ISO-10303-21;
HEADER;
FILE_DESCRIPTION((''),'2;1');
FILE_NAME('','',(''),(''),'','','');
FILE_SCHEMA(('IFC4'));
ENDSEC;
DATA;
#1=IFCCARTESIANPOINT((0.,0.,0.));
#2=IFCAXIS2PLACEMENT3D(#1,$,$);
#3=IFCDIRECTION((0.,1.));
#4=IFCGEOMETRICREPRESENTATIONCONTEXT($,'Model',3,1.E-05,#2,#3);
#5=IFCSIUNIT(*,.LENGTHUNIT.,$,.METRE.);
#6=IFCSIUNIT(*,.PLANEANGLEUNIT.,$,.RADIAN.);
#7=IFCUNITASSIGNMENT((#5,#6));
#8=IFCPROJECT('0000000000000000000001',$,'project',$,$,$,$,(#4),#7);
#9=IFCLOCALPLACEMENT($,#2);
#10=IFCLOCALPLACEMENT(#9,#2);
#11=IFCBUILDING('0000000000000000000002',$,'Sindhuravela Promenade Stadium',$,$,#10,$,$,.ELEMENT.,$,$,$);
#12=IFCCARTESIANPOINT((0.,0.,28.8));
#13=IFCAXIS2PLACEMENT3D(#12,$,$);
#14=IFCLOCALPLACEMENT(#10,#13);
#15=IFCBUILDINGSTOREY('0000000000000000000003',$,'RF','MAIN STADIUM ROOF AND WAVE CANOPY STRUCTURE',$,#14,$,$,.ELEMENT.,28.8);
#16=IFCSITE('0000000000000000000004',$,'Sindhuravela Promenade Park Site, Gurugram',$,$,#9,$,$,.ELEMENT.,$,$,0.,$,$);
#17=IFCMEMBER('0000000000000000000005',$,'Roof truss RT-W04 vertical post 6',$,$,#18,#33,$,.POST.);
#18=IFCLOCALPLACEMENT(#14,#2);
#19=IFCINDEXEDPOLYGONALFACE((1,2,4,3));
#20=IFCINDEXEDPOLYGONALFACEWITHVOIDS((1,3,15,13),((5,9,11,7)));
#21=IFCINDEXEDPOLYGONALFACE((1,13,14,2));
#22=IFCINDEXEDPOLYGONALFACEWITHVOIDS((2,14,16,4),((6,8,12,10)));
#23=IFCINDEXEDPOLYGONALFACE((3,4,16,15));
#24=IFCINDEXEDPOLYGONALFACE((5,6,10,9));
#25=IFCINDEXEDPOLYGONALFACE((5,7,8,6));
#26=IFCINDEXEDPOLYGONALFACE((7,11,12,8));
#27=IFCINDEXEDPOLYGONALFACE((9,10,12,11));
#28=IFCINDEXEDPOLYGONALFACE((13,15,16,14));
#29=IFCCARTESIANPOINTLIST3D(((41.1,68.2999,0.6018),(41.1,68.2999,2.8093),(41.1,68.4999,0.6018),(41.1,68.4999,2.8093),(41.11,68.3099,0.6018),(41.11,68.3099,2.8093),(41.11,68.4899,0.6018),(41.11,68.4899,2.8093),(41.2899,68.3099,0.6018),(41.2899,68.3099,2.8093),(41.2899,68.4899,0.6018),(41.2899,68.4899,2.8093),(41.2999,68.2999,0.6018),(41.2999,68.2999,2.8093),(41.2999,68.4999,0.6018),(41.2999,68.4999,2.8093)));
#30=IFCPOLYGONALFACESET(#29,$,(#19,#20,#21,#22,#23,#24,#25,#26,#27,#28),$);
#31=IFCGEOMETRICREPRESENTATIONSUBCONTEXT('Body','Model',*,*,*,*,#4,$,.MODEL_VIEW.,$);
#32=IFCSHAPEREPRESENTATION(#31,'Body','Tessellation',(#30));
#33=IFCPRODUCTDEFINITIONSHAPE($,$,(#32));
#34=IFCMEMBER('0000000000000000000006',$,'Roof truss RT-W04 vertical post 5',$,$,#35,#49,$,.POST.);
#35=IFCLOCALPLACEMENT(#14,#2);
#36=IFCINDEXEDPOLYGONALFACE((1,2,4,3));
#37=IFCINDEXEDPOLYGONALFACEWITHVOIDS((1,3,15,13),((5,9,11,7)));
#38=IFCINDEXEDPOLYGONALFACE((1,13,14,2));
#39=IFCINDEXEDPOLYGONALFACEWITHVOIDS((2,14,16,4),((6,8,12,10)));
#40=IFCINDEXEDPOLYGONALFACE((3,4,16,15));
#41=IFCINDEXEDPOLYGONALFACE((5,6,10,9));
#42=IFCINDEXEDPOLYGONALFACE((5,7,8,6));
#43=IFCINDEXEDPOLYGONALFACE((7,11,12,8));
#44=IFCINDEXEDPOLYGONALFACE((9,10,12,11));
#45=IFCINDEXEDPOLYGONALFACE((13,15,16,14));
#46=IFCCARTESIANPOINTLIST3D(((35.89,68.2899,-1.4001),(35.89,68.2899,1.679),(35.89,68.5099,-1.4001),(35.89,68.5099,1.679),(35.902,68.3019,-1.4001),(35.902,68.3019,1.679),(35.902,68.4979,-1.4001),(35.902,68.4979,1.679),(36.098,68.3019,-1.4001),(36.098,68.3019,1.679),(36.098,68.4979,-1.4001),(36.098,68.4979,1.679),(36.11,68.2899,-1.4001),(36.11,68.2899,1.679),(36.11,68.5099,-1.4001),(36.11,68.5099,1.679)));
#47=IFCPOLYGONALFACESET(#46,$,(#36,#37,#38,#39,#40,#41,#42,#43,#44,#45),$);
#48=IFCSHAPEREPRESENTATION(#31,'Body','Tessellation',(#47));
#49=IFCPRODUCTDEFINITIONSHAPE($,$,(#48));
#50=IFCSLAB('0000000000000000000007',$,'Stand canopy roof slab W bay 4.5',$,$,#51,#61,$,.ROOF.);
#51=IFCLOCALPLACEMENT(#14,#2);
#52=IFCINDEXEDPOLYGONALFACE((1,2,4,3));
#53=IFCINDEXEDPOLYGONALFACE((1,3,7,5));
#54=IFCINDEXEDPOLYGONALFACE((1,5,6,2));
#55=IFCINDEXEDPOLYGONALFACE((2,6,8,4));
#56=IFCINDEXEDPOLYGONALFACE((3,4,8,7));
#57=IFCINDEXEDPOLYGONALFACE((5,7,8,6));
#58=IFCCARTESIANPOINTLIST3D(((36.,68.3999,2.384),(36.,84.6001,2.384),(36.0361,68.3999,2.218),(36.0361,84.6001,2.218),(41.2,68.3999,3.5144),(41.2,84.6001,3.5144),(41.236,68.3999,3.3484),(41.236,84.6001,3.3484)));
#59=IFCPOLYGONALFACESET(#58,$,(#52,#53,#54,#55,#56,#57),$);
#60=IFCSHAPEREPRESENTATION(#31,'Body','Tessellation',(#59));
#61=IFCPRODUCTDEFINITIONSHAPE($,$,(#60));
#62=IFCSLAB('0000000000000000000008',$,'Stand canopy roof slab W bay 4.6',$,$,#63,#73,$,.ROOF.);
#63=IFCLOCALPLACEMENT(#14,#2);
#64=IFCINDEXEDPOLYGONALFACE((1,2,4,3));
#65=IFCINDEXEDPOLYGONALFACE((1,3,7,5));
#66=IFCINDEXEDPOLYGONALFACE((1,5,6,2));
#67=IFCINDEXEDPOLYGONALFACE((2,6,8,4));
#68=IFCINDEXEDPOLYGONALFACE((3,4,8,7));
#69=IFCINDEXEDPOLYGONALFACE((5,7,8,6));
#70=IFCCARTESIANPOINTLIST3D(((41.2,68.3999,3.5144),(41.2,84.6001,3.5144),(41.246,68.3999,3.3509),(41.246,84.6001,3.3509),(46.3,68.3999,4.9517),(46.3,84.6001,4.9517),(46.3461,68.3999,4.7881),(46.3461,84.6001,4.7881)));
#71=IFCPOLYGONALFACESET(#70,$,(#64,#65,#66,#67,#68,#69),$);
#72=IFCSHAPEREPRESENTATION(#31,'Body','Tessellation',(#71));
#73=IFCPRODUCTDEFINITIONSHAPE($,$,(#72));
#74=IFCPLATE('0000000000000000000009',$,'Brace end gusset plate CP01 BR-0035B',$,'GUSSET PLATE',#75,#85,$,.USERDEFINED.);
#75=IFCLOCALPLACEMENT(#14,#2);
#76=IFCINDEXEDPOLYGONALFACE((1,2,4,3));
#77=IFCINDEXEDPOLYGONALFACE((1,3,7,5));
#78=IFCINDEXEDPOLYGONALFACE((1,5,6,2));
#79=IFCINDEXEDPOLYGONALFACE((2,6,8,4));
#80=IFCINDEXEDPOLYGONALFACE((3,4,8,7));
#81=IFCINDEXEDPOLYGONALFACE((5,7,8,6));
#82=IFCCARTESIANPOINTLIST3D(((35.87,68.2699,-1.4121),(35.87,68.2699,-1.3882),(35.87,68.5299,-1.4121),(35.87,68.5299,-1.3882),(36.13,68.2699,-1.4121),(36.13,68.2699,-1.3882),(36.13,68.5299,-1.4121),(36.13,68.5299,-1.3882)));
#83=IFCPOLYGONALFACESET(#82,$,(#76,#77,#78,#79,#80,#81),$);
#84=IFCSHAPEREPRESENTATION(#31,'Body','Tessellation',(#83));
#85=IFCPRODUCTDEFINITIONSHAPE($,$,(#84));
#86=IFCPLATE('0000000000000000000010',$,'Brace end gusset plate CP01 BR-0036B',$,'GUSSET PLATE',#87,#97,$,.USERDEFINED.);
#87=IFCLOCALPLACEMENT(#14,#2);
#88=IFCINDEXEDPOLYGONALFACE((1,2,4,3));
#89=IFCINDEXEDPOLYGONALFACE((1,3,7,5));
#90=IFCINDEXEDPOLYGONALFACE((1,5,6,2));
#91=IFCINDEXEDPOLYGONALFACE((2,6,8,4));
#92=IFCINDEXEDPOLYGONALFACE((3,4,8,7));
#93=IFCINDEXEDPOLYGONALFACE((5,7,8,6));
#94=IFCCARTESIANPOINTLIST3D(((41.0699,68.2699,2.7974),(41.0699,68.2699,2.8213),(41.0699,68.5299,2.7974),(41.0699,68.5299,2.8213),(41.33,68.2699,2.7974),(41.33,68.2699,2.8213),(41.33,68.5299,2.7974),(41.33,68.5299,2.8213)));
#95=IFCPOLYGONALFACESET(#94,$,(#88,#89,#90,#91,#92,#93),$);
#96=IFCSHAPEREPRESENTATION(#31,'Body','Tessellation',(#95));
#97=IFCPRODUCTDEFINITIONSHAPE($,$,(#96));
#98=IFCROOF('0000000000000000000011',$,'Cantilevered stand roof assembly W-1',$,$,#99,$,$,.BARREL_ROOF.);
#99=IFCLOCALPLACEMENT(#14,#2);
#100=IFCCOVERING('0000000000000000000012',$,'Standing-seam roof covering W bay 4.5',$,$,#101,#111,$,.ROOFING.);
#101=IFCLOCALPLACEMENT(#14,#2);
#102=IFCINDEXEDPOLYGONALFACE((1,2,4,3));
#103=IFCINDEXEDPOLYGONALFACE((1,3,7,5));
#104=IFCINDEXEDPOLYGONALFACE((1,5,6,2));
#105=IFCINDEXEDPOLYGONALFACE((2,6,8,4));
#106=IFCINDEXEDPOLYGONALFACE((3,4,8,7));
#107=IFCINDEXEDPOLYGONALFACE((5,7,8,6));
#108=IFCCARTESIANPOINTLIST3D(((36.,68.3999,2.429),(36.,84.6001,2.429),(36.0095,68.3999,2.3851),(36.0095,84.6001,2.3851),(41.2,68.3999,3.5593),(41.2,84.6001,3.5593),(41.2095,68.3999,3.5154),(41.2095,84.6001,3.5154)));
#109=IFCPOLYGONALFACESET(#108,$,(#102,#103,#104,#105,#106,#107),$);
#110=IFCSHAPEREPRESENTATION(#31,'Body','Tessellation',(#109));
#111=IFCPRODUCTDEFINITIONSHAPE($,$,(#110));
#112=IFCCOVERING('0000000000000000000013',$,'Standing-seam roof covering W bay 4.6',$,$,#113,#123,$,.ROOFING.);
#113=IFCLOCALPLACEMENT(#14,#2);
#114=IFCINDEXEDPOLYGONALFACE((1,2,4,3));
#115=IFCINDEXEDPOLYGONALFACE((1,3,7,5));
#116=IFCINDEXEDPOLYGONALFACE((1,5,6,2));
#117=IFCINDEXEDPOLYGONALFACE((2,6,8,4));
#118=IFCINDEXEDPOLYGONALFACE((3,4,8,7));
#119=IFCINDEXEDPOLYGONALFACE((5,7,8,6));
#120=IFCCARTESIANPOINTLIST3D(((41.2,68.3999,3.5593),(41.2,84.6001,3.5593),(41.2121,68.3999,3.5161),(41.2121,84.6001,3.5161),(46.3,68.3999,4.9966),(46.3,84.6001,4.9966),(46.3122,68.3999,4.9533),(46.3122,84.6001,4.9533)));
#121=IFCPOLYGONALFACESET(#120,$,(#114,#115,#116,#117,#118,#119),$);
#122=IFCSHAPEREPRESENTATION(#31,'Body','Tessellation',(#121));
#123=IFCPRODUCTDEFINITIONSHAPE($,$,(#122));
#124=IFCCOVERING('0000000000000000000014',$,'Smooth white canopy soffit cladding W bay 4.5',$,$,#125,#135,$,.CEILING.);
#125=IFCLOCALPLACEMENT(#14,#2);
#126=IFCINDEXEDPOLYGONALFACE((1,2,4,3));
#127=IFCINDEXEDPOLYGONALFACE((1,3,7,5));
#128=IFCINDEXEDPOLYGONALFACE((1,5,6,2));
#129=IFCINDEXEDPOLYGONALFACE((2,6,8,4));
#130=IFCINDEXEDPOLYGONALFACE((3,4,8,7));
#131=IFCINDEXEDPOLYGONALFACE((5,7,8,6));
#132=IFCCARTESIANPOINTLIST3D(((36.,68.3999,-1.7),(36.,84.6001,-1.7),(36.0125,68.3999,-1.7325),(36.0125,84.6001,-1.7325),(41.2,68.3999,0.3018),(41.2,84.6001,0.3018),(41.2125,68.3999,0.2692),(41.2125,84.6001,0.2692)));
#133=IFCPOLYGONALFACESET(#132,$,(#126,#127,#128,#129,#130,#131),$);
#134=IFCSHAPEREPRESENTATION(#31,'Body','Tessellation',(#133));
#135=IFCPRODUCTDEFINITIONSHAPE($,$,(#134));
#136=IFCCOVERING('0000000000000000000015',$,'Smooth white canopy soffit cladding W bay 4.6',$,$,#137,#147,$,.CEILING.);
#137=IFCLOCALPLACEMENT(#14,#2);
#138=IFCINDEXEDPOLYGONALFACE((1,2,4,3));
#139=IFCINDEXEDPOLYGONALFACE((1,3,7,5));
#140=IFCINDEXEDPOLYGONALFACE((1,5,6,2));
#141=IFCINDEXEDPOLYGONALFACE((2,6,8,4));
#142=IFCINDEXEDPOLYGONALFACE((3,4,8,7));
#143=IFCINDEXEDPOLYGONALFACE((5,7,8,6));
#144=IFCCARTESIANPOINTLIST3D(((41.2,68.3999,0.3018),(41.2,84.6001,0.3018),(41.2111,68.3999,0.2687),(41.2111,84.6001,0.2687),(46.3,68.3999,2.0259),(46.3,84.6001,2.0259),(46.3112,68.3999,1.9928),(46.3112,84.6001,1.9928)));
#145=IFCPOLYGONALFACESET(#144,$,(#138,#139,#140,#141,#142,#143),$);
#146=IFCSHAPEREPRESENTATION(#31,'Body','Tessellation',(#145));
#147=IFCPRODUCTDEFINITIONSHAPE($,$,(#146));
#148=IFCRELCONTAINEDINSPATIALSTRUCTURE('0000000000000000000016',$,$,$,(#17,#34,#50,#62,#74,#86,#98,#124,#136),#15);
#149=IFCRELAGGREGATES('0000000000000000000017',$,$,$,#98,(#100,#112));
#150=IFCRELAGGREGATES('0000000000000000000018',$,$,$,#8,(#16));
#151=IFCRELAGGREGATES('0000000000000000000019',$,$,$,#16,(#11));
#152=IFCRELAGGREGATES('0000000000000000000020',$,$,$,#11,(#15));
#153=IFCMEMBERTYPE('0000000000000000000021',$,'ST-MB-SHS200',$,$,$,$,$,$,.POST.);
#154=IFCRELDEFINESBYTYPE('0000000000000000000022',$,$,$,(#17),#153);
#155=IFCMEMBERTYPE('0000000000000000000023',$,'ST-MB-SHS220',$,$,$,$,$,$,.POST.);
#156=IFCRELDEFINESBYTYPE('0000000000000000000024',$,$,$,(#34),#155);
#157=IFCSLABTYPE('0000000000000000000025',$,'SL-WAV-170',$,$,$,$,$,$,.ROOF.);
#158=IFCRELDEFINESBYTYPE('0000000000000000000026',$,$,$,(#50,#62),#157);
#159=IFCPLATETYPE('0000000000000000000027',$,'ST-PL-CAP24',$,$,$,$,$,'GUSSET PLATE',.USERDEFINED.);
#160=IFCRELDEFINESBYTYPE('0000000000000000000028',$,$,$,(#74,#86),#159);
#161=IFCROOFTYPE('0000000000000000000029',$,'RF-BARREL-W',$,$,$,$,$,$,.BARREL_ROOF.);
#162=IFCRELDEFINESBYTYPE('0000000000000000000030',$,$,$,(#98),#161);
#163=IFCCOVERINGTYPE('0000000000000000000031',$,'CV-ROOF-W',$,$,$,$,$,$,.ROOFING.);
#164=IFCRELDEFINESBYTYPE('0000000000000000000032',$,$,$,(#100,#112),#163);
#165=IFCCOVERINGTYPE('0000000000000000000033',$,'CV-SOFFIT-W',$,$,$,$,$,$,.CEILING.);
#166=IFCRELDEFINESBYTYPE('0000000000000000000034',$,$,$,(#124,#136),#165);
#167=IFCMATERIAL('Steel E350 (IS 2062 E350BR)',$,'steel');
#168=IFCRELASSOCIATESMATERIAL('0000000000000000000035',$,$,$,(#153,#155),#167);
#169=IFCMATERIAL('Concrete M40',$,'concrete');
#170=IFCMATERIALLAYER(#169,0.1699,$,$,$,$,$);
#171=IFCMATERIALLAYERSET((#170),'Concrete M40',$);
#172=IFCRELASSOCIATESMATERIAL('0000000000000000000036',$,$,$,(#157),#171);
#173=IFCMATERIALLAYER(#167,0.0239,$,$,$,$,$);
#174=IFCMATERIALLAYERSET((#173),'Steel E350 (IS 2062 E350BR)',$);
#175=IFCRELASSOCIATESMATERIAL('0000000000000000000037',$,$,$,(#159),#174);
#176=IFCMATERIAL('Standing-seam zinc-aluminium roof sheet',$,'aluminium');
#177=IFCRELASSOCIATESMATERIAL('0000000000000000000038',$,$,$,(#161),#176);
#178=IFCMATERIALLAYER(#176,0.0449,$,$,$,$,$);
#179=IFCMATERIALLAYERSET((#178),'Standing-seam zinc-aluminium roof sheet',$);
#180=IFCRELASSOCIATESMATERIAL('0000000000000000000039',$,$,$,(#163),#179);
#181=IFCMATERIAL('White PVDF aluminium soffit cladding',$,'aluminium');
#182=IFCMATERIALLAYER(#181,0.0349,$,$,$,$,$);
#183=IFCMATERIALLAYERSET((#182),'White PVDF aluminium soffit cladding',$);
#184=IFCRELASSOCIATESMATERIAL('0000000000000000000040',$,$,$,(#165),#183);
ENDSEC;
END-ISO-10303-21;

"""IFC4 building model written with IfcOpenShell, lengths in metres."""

from ifc_helpers import new_model, si_unit, direction, frame, origin, origin_2d, place, context, subcontext, project, spatial, polyline, rectangle, hollow_rectangle, outline, extrude, material, layer, layer_set, material_profile, profile_set, type_object, element, aggregate, save


model = new_model("IFC4")

# Units and contexts
model_context = context("Model", 3, precision=1e-05, world=origin(), true_north=direction((0.0, 1.0)))
body_context = subcontext(model_context, "Body", "Model", "MODEL_VIEW")
ifc_project = project(units=[si_unit("LENGTHUNIT", "METRE"), si_unit("PLANEANGLEUNIT", "RADIAN")], contexts=[model_context])

# Site, building, storey
site_placement = place(None, origin())
site = spatial("IfcSite", under=ifc_project, at=site_placement, Name="Sindhuravela Promenade Park Site, Gurugram", CompositionType="ELEMENT", RefElevation=0.0)
building_placement = place(site_placement, origin())
building = spatial("IfcBuilding", under=site, at=building_placement, Name="Sindhuravela Promenade Stadium", CompositionType="ELEMENT")
storey_placement = place(building_placement, frame((0.0, 0.0, 28.8)))
storey = spatial("IfcBuildingStorey", under=building, at=storey_placement, Name="RF", Description="MAIN STADIUM ROOF AND WAVE CANOPY STRUCTURE", CompositionType="ELEMENT", Elevation=28.8)

# Shared definitions
ifc_material_1 = material(Name="Concrete M40", Category="concrete")
ifc_material_2 = material(Name="Steel E350 (IS 2062 E350BR)", Category="steel")

# Members
ifc_material_profile_1 = material_profile(ifc_material_2, hollow_rectangle(XDim=0.2, YDim=0.2, WallThickness=0.01, at=origin_2d()), Name="SHS 200x200x10")
ifc_profile_set_1 = profile_set([ifc_material_profile_1], Name="Steel E350 (IS 2062 E350BR)")
member_type_1 = type_object("IfcMemberType", Name="ST-MB-SHS200", PredefinedType="POST", material=ifc_profile_set_1)
member_1_placement = place(storey_placement, frame((41.2, 68.3999, 0.6018), z_axis=(0.0, 0.0, 1.0), x_axis=(1.0, 0.0, 0.0)))
element("IfcMember", 1, at=member_1_placement, inside=storey, type_object=member_type_1, Name="Roof truss RT-W04 vertical post 6", PredefinedType="POST", context=body_context, shape_type="SweptSolid", body=[
    extrude(hollow_rectangle(XDim=0.2, YDim=0.2, WallThickness=0.01, at=origin_2d()), origin(), (0.0, 0.0, 1.0), 2.2075),
])
ifc_material_profile_2 = material_profile(ifc_material_2, hollow_rectangle(XDim=0.22, YDim=0.22, WallThickness=0.012, at=origin_2d()), Name="SHS 220x220x12")
ifc_profile_set_2 = profile_set([ifc_material_profile_2], Name="Steel E350 (IS 2062 E350BR)")
member_type_2 = type_object("IfcMemberType", Name="ST-MB-SHS220", PredefinedType="POST", material=ifc_profile_set_2)
member_2_placement = place(storey_placement, frame((36.0, 68.3999, -1.4001), z_axis=(0.0, 0.0, 1.0), x_axis=(1.0, 0.0, 0.0)))
element("IfcMember", 2, at=member_2_placement, inside=storey, type_object=member_type_2, Name="Roof truss RT-W04 vertical post 5", PredefinedType="POST", context=body_context, shape_type="SweptSolid", body=[
    extrude(hollow_rectangle(XDim=0.22, YDim=0.22, WallThickness=0.012, at=origin_2d()), origin(), (0.0, 0.0, 1.0), 3.0791),
])

# Slabs
ifc_layer_1 = layer(ifc_material_1, 0.1699)
ifc_layer_set_1 = layer_set([ifc_layer_1], Name="Concrete M40")
slab_type = type_object("IfcSlabType", Name="SL-WAV-170", PredefinedType="ROOF", material=ifc_layer_set_1)
slab_1_placement = place(storey_placement, frame((36.0, 68.3999, 2.384), z_axis=(-0.21242, 0.0, 0.977178), x_axis=(0.0, 1.0, 0.0)))
element("IfcSlab", 3, at=slab_1_placement, inside=storey, type_object=slab_type, Name="Stand canopy roof slab W bay 4.5", PredefinedType="ROOF", context=body_context, shape_type="SweptSolid", body=[
    extrude(outline(polyline([(0.0, 0.0), (0.0, -5.3214), (16.2002, -5.3214), (16.2002, 0.0), (0.0, 0.0)])), origin(), (0.0, 0.0, -1.0), 0.1699),
])
slab_2_placement = place(storey_placement, frame((41.2, 68.3999, 3.5144), z_axis=(-0.271245, 0.0, 0.96251), x_axis=(0.0, 1.0, 0.0)))
element("IfcSlab", 4, at=slab_2_placement, inside=storey, type_object=slab_type, Name="Stand canopy roof slab W bay 4.6", PredefinedType="ROOF", context=body_context, shape_type="SweptSolid", body=[
    extrude(outline(polyline([(0.0, 0.0), (0.0, -5.2987), (16.2002, -5.2987), (16.2002, 0.0), (0.0, 0.0)])), origin(), (0.0, 0.0, -1.0), 0.1699),
])

# Plates
ifc_layer_2 = layer(ifc_material_2, 0.0239)
ifc_layer_set_2 = layer_set([ifc_layer_2], Name="Steel E350 (IS 2062 E350BR)")
plate_type = type_object("IfcPlateType", Name="ST-PL-CAP24", ElementType="GUSSET PLATE", PredefinedType="USERDEFINED", material=ifc_layer_set_2)
for number, where, z_axis, x_axis, name in (
    (5, (36.0, 68.3999, -1.4121), (0.0, 0.0, 1.0), (1.0, 0.0, 0.0), "Brace end gusset plate CP01 BR-0035B"),
    (6, (41.2, 68.3999, 2.7974), (0.0, 0.0, 1.0), (1.0, 0.0, 0.0), "Brace end gusset plate CP01 BR-0036B"),
):
    element("IfcPlate", number, at=place(storey_placement, frame(where, z_axis=z_axis, x_axis=x_axis)), inside=storey, type_object=plate_type, Name=name, ObjectType="GUSSET PLATE", PredefinedType="USERDEFINED", context=body_context, shape_type="SweptSolid", body=[
        extrude(rectangle(XDim=0.26, YDim=0.26, at=origin_2d()), origin(), (0.0, 0.0, 1.0), 0.0239),
    ])

# Roof, coverings
ifc_material_3 = material(Name="Standing-seam zinc-aluminium roof sheet", Category="aluminium")
roof_type = type_object("IfcRoofType", Name="RF-BARREL-W", PredefinedType="BARREL_ROOF", material=ifc_material_3)
roof_placement = place(storey_placement, origin())
roof = element("IfcRoof", 7, at=roof_placement, inside=storey, type_object=roof_type, Name="Cantilevered stand roof assembly W-1", PredefinedType="BARREL_ROOF")
ifc_layer_3 = layer(ifc_material_3, 0.0449)
ifc_layer_set_3 = layer_set([ifc_layer_3], Name="Standing-seam zinc-aluminium roof sheet")
covering_type_1 = type_object("IfcCoveringType", Name="CV-ROOF-W", PredefinedType="ROOFING", material=ifc_layer_set_3)
covering_1_placement = place(storey_placement, frame((36.0, 68.3999, 2.429), z_axis=(-0.21242, 0.0, 0.977178), x_axis=(0.0, 1.0, 0.0)))
covering_1 = element("IfcCovering", 8, at=covering_1_placement, type_object=covering_type_1, Name="Standing-seam roof covering W bay 4.5", PredefinedType="ROOFING", context=body_context, shape_type="SweptSolid", body=[
    extrude(outline(polyline([(0.0, 0.0), (0.0, -5.3214), (16.2002, -5.3214), (16.2002, 0.0), (0.0, 0.0)])), origin(), (0.0, 0.0, -1.0), 0.0449),
])
covering_2_placement = place(storey_placement, frame((41.2, 68.3999, 3.5593), z_axis=(-0.271245, 0.0, 0.96251), x_axis=(0.0, 1.0, 0.0)))
covering_2 = element("IfcCovering", 9, at=covering_2_placement, type_object=covering_type_1, Name="Standing-seam roof covering W bay 4.6", PredefinedType="ROOFING", context=body_context, shape_type="SweptSolid", body=[
    extrude(outline(polyline([(0.0, 0.0), (0.0, -5.2987), (16.2002, -5.2987), (16.2002, 0.0), (0.0, 0.0)])), origin(), (0.0, 0.0, -1.0), 0.0449),
])
aggregate(roof, [covering_1, covering_2])

# Coverings
ifc_material_4 = material(Name="White PVDF aluminium soffit cladding", Category="aluminium")
ifc_layer_4 = layer(ifc_material_4, 0.0349)
ifc_layer_set_4 = layer_set([ifc_layer_4], Name="White PVDF aluminium soffit cladding")
covering_type_2 = type_object("IfcCoveringType", Name="CV-SOFFIT-W", PredefinedType="CEILING", material=ifc_layer_set_4)
covering_3_placement = place(storey_placement, frame((36.0, 68.3999, -1.7), z_axis=(-0.359249, 0.0, 0.933242), x_axis=(0.0, 1.0, 0.0)))
element("IfcCovering", 10, at=covering_3_placement, inside=storey, type_object=covering_type_2, Name="Smooth white canopy soffit cladding W bay 4.5", PredefinedType="CEILING", context=body_context, shape_type="SweptSolid", body=[
    extrude(outline(polyline([(0.0, 0.0), (0.0, -5.5719), (16.2002, -5.5719), (16.2002, 0.0), (0.0, 0.0)])), origin(), (0.0, 0.0, -1.0), 0.0349),
])
covering_4_placement = place(storey_placement, frame((41.2, 68.3999, 0.3018), z_axis=(-0.320252, 0.0, 0.947332), x_axis=(0.0, 1.0, 0.0)))
element("IfcCovering", 11, at=covering_4_placement, inside=storey, type_object=covering_type_2, Name="Smooth white canopy soffit cladding W bay 4.6", PredefinedType="CEILING", context=body_context, shape_type="SweptSolid", body=[
    extrude(outline(polyline([(0.0, 0.0), (0.0, -5.3836), (16.2002, -5.3836), (16.2002, 0.0), (0.0, 0.0)])), origin(), (0.0, 0.0, -1.0), 0.0349),
])

save(model, "model.ifc")
